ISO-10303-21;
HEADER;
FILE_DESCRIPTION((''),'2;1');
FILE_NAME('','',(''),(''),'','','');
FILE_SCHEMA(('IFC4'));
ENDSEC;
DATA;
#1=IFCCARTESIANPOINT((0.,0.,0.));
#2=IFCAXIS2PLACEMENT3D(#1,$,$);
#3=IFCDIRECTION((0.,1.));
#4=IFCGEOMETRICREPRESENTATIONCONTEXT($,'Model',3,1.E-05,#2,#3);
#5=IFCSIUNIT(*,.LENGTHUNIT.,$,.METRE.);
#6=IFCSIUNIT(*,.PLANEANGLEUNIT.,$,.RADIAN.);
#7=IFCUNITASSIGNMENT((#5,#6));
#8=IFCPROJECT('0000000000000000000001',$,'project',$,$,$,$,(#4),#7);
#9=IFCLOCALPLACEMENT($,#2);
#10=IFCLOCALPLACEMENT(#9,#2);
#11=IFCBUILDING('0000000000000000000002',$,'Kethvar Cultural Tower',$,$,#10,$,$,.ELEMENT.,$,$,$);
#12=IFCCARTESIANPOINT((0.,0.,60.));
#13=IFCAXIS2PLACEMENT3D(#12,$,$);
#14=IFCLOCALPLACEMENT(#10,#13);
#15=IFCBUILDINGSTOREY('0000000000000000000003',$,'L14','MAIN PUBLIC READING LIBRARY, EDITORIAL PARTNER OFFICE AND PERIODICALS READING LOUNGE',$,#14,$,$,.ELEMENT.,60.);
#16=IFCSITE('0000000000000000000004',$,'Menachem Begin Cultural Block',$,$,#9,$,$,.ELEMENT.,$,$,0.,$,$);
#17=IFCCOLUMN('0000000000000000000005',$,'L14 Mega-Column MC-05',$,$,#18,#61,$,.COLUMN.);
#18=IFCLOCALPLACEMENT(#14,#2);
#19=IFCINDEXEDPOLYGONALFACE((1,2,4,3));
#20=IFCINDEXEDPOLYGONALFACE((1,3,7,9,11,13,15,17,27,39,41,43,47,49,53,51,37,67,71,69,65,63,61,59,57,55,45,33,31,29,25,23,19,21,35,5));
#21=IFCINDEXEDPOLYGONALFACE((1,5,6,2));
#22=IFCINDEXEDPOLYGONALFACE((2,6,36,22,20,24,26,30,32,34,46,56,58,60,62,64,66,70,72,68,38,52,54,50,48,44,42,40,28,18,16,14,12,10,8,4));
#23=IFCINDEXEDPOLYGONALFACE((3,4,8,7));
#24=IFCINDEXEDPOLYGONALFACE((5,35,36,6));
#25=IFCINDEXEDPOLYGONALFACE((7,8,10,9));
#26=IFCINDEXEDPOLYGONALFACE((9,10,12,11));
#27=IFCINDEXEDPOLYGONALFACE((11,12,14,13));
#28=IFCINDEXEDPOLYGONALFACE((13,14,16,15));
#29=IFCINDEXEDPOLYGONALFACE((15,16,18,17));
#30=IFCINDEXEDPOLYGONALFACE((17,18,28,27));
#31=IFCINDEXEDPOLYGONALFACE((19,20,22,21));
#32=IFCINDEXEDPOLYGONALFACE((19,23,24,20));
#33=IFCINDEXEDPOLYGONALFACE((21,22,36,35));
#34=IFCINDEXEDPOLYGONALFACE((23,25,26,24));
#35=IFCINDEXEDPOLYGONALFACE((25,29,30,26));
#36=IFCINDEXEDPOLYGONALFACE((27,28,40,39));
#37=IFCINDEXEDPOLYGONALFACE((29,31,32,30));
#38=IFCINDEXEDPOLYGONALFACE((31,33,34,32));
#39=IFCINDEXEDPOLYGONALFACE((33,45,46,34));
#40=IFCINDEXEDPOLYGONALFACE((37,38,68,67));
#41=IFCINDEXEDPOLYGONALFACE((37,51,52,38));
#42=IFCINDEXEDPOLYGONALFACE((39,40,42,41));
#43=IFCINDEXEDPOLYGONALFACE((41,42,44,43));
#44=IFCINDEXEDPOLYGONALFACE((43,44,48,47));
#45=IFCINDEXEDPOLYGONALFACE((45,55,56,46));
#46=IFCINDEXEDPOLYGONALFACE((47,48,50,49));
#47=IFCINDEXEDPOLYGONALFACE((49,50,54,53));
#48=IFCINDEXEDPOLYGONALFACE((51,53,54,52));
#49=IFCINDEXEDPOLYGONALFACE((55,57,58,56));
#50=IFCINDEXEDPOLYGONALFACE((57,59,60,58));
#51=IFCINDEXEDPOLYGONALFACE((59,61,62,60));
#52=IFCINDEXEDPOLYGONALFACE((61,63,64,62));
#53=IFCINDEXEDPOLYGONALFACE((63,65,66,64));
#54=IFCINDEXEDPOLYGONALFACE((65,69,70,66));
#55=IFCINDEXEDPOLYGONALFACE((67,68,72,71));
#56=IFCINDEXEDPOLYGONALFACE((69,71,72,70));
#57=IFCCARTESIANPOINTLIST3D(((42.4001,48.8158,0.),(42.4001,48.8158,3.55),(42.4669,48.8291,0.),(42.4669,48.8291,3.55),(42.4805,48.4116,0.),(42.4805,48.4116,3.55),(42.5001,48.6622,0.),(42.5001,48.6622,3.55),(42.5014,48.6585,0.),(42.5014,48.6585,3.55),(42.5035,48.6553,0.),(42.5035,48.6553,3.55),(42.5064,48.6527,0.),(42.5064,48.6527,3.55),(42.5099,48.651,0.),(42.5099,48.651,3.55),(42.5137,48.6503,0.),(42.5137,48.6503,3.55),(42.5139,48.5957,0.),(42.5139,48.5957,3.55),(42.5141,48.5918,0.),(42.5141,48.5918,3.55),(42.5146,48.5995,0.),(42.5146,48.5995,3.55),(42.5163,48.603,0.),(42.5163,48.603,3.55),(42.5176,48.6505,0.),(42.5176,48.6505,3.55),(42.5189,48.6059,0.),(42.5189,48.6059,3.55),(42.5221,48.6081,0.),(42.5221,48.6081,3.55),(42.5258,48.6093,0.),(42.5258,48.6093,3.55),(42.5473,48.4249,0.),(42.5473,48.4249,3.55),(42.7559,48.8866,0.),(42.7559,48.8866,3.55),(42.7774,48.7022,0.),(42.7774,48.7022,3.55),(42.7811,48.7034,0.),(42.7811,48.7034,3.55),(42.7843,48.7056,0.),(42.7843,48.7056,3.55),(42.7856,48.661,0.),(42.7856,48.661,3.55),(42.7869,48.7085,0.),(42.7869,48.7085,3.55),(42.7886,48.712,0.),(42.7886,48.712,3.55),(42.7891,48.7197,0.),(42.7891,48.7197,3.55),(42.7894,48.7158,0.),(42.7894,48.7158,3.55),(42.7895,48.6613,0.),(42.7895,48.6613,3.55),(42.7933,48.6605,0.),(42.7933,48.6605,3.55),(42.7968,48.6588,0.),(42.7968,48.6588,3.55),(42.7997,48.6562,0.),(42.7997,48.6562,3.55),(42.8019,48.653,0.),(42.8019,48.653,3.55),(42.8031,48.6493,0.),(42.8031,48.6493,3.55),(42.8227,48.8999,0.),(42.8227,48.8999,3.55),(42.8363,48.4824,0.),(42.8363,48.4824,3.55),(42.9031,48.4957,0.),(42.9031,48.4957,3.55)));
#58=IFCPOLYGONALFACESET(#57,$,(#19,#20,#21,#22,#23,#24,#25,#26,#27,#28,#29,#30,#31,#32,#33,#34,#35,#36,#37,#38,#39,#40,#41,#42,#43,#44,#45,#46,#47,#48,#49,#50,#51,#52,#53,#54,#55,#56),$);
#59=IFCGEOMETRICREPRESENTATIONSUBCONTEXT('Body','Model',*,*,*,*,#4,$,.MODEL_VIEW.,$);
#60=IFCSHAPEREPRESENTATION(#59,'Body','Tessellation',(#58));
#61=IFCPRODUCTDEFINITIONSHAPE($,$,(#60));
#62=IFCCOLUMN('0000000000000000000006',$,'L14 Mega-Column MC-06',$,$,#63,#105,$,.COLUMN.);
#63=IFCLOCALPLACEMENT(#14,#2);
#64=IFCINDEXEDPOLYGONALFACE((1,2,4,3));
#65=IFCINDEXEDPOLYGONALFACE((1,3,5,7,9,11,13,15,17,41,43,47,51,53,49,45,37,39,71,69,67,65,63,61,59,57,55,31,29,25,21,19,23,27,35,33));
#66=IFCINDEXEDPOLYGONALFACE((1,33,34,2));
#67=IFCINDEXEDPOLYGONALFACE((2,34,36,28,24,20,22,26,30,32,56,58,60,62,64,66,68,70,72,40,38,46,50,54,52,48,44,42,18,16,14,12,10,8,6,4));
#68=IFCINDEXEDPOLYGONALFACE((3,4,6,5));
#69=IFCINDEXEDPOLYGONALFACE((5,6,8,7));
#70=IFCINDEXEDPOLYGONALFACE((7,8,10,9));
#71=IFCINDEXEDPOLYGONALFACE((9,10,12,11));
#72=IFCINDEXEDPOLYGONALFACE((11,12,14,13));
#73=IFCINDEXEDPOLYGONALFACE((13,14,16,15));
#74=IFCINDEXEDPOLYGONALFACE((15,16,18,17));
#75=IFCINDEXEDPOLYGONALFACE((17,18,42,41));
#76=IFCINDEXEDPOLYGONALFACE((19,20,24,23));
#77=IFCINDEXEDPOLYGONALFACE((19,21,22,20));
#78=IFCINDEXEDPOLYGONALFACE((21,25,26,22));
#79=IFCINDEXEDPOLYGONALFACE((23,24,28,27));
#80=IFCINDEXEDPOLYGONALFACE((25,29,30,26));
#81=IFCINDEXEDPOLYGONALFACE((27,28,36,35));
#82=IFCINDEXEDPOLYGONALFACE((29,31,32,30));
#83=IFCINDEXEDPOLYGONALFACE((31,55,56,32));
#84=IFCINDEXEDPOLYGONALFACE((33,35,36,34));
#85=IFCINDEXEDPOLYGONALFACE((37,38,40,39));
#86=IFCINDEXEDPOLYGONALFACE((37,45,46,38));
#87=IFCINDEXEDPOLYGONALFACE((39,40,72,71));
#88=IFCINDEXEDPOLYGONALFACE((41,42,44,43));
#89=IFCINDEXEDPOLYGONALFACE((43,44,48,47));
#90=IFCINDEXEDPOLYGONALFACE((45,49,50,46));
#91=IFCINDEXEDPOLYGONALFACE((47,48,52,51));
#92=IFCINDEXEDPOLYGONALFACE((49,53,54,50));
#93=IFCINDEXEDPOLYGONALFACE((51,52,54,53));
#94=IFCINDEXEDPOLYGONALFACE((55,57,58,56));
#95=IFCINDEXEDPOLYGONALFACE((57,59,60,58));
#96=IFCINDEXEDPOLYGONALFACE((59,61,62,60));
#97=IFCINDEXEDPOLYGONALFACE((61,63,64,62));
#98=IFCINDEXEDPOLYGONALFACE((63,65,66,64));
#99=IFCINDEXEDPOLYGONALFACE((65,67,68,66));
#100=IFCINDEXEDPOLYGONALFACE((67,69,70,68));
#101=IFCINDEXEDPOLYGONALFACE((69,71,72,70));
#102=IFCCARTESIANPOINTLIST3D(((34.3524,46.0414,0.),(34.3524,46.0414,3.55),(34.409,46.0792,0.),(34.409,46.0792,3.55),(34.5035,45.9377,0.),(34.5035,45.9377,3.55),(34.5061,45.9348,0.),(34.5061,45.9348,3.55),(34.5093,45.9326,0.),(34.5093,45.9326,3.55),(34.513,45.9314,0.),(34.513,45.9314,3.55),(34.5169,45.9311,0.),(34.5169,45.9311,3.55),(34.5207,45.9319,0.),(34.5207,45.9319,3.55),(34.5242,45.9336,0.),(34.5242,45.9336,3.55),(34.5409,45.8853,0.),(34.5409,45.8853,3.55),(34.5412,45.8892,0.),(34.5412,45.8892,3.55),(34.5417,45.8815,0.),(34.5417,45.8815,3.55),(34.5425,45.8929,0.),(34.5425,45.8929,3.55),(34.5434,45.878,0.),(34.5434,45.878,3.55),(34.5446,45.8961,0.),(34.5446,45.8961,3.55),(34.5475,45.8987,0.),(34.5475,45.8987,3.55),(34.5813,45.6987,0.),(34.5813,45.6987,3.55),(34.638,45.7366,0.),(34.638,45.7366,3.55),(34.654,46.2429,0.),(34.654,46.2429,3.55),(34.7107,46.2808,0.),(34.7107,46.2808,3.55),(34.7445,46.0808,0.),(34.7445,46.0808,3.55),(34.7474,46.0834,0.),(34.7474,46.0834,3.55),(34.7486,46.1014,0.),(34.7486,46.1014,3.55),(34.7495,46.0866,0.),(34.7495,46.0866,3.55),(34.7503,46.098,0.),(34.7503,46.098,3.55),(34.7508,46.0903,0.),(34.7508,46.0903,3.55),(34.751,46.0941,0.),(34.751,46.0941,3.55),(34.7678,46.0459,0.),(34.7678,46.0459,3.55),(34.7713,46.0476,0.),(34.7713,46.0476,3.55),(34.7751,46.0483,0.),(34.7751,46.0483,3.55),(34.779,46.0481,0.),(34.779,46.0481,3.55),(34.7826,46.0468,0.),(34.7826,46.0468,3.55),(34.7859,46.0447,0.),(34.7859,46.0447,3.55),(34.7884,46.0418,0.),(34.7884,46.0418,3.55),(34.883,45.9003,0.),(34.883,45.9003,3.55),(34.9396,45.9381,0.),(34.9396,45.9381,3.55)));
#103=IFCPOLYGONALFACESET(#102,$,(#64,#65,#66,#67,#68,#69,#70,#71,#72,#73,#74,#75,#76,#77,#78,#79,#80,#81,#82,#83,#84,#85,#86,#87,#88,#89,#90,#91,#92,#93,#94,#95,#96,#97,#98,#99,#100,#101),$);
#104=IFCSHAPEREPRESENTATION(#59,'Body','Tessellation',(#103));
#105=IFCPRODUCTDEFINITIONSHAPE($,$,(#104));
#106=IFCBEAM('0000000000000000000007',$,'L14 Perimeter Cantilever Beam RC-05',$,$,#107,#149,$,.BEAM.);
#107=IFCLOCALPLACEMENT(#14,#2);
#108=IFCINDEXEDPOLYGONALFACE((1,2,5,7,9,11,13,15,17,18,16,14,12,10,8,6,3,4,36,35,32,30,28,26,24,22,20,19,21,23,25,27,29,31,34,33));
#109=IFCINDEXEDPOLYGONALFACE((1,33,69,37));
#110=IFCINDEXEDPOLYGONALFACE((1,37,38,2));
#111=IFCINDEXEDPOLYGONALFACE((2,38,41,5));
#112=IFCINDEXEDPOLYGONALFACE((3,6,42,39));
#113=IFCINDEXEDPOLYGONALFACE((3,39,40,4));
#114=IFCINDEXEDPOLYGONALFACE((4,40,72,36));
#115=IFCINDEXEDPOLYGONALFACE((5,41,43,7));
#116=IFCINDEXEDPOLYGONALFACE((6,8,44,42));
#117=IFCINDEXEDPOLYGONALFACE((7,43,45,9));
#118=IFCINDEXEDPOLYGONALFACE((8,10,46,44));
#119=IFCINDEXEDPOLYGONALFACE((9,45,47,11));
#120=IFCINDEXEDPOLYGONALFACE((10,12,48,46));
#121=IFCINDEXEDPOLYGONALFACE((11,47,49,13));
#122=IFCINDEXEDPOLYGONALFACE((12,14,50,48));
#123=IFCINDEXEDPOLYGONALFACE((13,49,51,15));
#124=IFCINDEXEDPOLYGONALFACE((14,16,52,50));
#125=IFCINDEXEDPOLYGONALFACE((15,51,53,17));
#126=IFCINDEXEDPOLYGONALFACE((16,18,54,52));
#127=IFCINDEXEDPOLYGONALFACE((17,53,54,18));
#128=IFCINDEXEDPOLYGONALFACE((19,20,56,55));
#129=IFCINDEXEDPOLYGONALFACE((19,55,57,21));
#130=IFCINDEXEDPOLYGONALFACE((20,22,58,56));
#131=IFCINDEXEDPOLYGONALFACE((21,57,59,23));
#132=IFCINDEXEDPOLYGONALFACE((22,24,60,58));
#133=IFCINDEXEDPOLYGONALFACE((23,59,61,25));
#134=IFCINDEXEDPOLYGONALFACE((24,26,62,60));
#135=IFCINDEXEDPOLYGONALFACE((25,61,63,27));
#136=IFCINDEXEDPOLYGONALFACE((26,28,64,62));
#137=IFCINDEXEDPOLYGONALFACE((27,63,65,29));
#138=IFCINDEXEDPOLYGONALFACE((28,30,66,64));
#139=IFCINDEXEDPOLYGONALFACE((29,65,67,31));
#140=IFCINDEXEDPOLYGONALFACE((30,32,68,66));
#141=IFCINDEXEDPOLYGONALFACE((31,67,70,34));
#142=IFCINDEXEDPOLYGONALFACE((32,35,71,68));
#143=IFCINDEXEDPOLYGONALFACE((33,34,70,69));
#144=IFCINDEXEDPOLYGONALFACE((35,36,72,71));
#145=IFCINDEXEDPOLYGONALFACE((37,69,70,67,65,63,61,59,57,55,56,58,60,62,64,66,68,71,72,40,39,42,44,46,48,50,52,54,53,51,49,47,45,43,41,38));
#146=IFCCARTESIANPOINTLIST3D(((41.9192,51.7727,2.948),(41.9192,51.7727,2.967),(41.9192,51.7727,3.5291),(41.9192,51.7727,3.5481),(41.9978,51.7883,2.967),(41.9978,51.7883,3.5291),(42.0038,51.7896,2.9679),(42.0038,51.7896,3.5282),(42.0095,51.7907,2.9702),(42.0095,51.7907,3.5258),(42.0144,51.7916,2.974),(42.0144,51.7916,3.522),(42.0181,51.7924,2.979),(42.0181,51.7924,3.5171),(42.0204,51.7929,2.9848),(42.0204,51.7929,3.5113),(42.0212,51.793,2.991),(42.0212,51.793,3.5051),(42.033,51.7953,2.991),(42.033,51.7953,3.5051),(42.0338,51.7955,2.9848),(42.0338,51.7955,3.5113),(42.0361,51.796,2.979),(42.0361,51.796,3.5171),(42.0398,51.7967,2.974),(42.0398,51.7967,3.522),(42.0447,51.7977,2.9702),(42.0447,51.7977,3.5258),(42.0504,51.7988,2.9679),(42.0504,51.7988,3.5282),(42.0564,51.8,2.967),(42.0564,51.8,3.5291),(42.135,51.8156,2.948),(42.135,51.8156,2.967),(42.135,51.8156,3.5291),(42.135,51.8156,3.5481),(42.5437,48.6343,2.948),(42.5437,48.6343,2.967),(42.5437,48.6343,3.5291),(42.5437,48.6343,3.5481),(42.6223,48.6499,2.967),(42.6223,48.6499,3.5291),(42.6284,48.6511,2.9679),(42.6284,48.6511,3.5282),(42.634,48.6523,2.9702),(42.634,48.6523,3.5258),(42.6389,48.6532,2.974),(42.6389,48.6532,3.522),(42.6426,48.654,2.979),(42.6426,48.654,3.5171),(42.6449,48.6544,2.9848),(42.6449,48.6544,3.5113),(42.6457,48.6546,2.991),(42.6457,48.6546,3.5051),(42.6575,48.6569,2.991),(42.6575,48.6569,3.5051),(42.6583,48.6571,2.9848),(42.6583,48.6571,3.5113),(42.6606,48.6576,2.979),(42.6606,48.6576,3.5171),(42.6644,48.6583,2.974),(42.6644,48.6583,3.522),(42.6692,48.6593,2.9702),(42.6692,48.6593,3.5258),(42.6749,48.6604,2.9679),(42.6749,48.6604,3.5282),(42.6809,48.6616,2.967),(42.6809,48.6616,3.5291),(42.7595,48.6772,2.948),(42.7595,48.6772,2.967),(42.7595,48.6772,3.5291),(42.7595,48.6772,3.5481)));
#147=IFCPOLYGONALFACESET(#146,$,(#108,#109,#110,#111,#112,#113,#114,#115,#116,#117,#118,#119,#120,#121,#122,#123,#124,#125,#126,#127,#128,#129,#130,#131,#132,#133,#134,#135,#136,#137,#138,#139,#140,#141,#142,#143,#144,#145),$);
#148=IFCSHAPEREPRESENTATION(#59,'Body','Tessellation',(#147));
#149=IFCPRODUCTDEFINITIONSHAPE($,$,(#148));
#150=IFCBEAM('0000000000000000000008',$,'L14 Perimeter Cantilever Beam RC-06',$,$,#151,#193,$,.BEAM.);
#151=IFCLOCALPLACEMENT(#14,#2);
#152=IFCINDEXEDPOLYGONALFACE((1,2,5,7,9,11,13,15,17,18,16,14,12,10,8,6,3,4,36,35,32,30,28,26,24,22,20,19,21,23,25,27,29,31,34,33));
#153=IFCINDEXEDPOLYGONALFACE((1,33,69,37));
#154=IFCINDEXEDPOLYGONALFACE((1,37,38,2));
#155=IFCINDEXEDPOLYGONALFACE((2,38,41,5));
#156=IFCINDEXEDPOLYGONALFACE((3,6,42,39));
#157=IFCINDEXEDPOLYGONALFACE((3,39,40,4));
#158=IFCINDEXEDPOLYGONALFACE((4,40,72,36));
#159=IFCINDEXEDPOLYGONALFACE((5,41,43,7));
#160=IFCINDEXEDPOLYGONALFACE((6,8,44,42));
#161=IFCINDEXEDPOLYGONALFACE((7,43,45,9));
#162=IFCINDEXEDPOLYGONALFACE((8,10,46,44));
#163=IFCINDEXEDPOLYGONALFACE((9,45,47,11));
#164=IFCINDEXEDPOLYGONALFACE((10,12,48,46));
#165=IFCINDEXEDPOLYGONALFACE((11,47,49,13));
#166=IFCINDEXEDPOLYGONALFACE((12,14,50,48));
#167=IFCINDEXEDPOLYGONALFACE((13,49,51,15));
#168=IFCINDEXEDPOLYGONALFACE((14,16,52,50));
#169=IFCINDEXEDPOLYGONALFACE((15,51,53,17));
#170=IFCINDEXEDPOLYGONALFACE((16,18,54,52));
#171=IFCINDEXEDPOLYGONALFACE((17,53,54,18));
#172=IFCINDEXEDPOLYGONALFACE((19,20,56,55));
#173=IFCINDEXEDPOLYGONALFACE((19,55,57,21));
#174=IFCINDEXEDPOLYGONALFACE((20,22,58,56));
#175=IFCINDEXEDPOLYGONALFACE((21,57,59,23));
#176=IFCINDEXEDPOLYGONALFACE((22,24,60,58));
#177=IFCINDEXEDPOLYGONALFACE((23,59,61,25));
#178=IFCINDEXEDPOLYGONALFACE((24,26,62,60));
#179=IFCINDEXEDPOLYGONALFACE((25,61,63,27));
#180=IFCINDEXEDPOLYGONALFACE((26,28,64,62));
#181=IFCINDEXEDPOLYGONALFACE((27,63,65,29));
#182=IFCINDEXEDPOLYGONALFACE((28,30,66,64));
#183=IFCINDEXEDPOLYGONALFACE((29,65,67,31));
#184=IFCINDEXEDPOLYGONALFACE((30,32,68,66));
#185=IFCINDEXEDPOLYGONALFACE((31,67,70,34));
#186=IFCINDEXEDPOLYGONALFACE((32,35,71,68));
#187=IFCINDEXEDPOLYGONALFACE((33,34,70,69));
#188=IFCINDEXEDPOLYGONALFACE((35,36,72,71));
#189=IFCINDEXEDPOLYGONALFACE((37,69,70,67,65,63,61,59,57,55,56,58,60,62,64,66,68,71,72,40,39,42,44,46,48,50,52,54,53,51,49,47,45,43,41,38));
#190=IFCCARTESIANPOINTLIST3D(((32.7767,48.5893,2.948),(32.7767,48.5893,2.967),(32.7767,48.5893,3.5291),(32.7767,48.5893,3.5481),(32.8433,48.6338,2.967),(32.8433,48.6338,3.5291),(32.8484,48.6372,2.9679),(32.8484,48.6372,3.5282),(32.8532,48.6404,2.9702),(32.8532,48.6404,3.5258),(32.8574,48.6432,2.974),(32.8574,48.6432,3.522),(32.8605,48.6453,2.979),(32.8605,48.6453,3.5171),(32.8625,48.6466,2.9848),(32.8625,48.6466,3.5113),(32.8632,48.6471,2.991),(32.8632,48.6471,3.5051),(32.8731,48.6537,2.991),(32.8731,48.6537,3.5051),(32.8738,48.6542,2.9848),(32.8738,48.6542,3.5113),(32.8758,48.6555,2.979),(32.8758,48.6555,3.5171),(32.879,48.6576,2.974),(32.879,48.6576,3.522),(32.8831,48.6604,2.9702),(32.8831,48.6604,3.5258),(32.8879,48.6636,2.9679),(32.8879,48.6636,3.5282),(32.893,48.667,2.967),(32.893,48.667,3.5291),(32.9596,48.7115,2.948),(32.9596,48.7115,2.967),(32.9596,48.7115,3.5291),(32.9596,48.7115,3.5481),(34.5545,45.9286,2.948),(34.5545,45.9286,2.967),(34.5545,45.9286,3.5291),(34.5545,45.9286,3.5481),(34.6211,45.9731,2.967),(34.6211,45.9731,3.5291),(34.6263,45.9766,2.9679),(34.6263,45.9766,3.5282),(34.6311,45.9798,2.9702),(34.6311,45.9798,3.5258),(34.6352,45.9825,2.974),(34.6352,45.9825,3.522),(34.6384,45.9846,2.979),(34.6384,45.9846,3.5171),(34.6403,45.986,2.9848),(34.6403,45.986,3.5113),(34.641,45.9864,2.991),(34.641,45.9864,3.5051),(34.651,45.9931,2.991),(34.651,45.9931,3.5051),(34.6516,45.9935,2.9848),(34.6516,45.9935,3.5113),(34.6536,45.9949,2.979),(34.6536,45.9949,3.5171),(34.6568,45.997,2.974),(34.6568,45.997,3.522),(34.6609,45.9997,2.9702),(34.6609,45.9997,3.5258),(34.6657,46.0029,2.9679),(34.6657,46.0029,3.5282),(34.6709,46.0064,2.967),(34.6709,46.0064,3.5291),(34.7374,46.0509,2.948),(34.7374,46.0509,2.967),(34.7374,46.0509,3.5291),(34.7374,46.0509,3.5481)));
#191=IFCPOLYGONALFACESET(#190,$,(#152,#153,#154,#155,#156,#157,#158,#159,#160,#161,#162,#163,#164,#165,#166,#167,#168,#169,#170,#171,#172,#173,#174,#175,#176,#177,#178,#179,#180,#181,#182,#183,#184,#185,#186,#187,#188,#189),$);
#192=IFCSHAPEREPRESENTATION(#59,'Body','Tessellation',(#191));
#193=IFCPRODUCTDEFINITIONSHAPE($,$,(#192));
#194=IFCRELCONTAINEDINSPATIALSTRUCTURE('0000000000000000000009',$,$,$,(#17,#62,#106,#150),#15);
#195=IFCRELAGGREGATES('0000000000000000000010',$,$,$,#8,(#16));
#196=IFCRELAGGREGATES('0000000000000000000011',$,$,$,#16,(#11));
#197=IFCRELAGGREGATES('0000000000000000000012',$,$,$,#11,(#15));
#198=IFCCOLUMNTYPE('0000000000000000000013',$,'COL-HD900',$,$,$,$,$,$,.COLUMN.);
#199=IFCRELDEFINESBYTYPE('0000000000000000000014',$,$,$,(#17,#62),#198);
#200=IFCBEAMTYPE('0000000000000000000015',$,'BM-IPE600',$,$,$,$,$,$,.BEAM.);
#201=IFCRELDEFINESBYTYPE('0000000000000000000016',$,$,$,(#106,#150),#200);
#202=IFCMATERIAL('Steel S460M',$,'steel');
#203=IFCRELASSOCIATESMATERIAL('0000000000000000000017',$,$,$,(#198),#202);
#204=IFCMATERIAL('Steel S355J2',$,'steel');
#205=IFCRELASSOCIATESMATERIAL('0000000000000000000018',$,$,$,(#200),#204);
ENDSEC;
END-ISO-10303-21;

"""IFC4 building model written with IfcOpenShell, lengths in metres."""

from ifc_helpers import new_model, si_unit, direction, frame, origin, origin_2d, place, context, subcontext, project, spatial, i_section, extrude, source, transform, mapped, material, material_profile, profile_set, type_object, element, save


model = new_model("IFC4")

# Units and contexts
model_context = context("Model", 3, precision=1e-05, world=origin(), true_north=direction((0.0, 1.0)))
body_context = subcontext(model_context, "Body", "Model", "MODEL_VIEW")
ifc_project = project(units=[si_unit("LENGTHUNIT", "METRE"), si_unit("PLANEANGLEUNIT", "RADIAN")], contexts=[model_context])

# Site, building, storey
site_placement = place(None, origin())
site = spatial("IfcSite", under=ifc_project, at=site_placement, Name="Menachem Begin Cultural Block", CompositionType="ELEMENT", RefElevation=0.0)
building_placement = place(site_placement, origin())
building = spatial("IfcBuilding", under=site, at=building_placement, Name="Kethvar Cultural Tower", CompositionType="ELEMENT")
storey_placement = place(building_placement, frame((0.0, 0.0, 60.0)))
storey = spatial("IfcBuildingStorey", under=building, at=storey_placement, Name="L14", Description="MAIN PUBLIC READING LIBRARY, EDITORIAL PARTNER OFFICE AND PERIODICALS READING LOUNGE", CompositionType="ELEMENT", Elevation=60.0)

# Columns
ifc_material_1 = material(Name="Steel S460M", Category="steel")
ifc_material_profile_1 = material_profile(ifc_material_1, i_section(OverallWidth=0.4121, OverallDepth=0.4309, WebThickness=0.042, FlangeThickness=0.0681, FilletRadius=0.0149, at=origin_2d()), Name="Steel S460M — HD400x900")
ifc_profile_set_1 = profile_set([ifc_material_profile_1], Name="Steel S460M — HD400x900")
column_type = type_object("IfcColumnType", Name="COL-HD900", PredefinedType="COLUMN", material=ifc_profile_set_1)
shared_shape_1 = source(origin(), body_context, "Body", "SweptSolid", [
    extrude(i_section(OverallWidth=0.4121, OverallDepth=0.4309, WebThickness=0.042, FlangeThickness=0.0681, FilletRadius=0.0149, at=origin_2d()), origin(), (0.0, 0.0, 1.0), 3.55),
])
for number, where, z_axis, x_axis, name in (
    (1, (42.6516, 48.6558, 0.0), (0.0, 0.0, 1.0), (-0.19509, 0.980785, 0.0), "L14 Mega-Column MC-05"),
    (2, (34.646, 45.9897, 0.0), (0.0, 0.0, 1.0), (-0.55557, 0.83147, 0.0), "L14 Mega-Column MC-06"),
):
    element("IfcColumn", number, at=place(storey_placement, frame(where, z_axis=z_axis, x_axis=x_axis)), inside=storey, type_object=column_type, Name=name, PredefinedType="COLUMN", context=body_context, shape_type="MappedRepresentation", body=[
        mapped(shared_shape_1, transform((0.0, 0.0, 0.0), scale=1.0)),
    ])

# Beams
ifc_material_2 = material(Name="Steel S355J2", Category="steel")
ifc_material_profile_2 = material_profile(ifc_material_2, i_section(OverallWidth=0.22, OverallDepth=0.6001, WebThickness=0.012, FlangeThickness=0.019, FilletRadius=0.0239, at=origin_2d()), Name="Steel S355J2 — IPE600")
ifc_profile_set_2 = profile_set([ifc_material_profile_2], Name="Steel S355J2 — IPE600")
beam_type_1 = type_object("IfcBeamType", Name="BM-IPE600", PredefinedType="BEAM", material=ifc_profile_set_2)
shared_shape_2 = source(origin(), body_context, "Body", "SweptSolid", [
    extrude(i_section(OverallWidth=0.22, OverallDepth=0.6001, WebThickness=0.012, FlangeThickness=0.019, FilletRadius=0.0239, at=origin_2d()), origin(), (0.0, 0.0, 1.0), 3.2),
])
for number, where, z_axis, x_axis, name in (
    (3, (42.6516, 48.6558, 3.248), (-0.195162, 0.980771, 0.0), (-0.980771, -0.195162, 0.0), "L14 Perimeter Cantilever Beam RC-05"),
    (4, (34.646, 45.9897, 3.248), (-0.55558, 0.831463, 0.0), (-0.831463, -0.55558, 0.0), "L14 Perimeter Cantilever Beam RC-06"),
):
    element("IfcBeam", number, at=place(storey_placement, frame(where, z_axis=z_axis, x_axis=x_axis)), inside=storey, type_object=beam_type_1, Name=name, PredefinedType="BEAM", context=body_context, shape_type="MappedRepresentation", body=[
        mapped(shared_shape_2, transform((0.0, 0.0, 0.0), scale=1.0)),
    ])

save(model, "model.ifc")
